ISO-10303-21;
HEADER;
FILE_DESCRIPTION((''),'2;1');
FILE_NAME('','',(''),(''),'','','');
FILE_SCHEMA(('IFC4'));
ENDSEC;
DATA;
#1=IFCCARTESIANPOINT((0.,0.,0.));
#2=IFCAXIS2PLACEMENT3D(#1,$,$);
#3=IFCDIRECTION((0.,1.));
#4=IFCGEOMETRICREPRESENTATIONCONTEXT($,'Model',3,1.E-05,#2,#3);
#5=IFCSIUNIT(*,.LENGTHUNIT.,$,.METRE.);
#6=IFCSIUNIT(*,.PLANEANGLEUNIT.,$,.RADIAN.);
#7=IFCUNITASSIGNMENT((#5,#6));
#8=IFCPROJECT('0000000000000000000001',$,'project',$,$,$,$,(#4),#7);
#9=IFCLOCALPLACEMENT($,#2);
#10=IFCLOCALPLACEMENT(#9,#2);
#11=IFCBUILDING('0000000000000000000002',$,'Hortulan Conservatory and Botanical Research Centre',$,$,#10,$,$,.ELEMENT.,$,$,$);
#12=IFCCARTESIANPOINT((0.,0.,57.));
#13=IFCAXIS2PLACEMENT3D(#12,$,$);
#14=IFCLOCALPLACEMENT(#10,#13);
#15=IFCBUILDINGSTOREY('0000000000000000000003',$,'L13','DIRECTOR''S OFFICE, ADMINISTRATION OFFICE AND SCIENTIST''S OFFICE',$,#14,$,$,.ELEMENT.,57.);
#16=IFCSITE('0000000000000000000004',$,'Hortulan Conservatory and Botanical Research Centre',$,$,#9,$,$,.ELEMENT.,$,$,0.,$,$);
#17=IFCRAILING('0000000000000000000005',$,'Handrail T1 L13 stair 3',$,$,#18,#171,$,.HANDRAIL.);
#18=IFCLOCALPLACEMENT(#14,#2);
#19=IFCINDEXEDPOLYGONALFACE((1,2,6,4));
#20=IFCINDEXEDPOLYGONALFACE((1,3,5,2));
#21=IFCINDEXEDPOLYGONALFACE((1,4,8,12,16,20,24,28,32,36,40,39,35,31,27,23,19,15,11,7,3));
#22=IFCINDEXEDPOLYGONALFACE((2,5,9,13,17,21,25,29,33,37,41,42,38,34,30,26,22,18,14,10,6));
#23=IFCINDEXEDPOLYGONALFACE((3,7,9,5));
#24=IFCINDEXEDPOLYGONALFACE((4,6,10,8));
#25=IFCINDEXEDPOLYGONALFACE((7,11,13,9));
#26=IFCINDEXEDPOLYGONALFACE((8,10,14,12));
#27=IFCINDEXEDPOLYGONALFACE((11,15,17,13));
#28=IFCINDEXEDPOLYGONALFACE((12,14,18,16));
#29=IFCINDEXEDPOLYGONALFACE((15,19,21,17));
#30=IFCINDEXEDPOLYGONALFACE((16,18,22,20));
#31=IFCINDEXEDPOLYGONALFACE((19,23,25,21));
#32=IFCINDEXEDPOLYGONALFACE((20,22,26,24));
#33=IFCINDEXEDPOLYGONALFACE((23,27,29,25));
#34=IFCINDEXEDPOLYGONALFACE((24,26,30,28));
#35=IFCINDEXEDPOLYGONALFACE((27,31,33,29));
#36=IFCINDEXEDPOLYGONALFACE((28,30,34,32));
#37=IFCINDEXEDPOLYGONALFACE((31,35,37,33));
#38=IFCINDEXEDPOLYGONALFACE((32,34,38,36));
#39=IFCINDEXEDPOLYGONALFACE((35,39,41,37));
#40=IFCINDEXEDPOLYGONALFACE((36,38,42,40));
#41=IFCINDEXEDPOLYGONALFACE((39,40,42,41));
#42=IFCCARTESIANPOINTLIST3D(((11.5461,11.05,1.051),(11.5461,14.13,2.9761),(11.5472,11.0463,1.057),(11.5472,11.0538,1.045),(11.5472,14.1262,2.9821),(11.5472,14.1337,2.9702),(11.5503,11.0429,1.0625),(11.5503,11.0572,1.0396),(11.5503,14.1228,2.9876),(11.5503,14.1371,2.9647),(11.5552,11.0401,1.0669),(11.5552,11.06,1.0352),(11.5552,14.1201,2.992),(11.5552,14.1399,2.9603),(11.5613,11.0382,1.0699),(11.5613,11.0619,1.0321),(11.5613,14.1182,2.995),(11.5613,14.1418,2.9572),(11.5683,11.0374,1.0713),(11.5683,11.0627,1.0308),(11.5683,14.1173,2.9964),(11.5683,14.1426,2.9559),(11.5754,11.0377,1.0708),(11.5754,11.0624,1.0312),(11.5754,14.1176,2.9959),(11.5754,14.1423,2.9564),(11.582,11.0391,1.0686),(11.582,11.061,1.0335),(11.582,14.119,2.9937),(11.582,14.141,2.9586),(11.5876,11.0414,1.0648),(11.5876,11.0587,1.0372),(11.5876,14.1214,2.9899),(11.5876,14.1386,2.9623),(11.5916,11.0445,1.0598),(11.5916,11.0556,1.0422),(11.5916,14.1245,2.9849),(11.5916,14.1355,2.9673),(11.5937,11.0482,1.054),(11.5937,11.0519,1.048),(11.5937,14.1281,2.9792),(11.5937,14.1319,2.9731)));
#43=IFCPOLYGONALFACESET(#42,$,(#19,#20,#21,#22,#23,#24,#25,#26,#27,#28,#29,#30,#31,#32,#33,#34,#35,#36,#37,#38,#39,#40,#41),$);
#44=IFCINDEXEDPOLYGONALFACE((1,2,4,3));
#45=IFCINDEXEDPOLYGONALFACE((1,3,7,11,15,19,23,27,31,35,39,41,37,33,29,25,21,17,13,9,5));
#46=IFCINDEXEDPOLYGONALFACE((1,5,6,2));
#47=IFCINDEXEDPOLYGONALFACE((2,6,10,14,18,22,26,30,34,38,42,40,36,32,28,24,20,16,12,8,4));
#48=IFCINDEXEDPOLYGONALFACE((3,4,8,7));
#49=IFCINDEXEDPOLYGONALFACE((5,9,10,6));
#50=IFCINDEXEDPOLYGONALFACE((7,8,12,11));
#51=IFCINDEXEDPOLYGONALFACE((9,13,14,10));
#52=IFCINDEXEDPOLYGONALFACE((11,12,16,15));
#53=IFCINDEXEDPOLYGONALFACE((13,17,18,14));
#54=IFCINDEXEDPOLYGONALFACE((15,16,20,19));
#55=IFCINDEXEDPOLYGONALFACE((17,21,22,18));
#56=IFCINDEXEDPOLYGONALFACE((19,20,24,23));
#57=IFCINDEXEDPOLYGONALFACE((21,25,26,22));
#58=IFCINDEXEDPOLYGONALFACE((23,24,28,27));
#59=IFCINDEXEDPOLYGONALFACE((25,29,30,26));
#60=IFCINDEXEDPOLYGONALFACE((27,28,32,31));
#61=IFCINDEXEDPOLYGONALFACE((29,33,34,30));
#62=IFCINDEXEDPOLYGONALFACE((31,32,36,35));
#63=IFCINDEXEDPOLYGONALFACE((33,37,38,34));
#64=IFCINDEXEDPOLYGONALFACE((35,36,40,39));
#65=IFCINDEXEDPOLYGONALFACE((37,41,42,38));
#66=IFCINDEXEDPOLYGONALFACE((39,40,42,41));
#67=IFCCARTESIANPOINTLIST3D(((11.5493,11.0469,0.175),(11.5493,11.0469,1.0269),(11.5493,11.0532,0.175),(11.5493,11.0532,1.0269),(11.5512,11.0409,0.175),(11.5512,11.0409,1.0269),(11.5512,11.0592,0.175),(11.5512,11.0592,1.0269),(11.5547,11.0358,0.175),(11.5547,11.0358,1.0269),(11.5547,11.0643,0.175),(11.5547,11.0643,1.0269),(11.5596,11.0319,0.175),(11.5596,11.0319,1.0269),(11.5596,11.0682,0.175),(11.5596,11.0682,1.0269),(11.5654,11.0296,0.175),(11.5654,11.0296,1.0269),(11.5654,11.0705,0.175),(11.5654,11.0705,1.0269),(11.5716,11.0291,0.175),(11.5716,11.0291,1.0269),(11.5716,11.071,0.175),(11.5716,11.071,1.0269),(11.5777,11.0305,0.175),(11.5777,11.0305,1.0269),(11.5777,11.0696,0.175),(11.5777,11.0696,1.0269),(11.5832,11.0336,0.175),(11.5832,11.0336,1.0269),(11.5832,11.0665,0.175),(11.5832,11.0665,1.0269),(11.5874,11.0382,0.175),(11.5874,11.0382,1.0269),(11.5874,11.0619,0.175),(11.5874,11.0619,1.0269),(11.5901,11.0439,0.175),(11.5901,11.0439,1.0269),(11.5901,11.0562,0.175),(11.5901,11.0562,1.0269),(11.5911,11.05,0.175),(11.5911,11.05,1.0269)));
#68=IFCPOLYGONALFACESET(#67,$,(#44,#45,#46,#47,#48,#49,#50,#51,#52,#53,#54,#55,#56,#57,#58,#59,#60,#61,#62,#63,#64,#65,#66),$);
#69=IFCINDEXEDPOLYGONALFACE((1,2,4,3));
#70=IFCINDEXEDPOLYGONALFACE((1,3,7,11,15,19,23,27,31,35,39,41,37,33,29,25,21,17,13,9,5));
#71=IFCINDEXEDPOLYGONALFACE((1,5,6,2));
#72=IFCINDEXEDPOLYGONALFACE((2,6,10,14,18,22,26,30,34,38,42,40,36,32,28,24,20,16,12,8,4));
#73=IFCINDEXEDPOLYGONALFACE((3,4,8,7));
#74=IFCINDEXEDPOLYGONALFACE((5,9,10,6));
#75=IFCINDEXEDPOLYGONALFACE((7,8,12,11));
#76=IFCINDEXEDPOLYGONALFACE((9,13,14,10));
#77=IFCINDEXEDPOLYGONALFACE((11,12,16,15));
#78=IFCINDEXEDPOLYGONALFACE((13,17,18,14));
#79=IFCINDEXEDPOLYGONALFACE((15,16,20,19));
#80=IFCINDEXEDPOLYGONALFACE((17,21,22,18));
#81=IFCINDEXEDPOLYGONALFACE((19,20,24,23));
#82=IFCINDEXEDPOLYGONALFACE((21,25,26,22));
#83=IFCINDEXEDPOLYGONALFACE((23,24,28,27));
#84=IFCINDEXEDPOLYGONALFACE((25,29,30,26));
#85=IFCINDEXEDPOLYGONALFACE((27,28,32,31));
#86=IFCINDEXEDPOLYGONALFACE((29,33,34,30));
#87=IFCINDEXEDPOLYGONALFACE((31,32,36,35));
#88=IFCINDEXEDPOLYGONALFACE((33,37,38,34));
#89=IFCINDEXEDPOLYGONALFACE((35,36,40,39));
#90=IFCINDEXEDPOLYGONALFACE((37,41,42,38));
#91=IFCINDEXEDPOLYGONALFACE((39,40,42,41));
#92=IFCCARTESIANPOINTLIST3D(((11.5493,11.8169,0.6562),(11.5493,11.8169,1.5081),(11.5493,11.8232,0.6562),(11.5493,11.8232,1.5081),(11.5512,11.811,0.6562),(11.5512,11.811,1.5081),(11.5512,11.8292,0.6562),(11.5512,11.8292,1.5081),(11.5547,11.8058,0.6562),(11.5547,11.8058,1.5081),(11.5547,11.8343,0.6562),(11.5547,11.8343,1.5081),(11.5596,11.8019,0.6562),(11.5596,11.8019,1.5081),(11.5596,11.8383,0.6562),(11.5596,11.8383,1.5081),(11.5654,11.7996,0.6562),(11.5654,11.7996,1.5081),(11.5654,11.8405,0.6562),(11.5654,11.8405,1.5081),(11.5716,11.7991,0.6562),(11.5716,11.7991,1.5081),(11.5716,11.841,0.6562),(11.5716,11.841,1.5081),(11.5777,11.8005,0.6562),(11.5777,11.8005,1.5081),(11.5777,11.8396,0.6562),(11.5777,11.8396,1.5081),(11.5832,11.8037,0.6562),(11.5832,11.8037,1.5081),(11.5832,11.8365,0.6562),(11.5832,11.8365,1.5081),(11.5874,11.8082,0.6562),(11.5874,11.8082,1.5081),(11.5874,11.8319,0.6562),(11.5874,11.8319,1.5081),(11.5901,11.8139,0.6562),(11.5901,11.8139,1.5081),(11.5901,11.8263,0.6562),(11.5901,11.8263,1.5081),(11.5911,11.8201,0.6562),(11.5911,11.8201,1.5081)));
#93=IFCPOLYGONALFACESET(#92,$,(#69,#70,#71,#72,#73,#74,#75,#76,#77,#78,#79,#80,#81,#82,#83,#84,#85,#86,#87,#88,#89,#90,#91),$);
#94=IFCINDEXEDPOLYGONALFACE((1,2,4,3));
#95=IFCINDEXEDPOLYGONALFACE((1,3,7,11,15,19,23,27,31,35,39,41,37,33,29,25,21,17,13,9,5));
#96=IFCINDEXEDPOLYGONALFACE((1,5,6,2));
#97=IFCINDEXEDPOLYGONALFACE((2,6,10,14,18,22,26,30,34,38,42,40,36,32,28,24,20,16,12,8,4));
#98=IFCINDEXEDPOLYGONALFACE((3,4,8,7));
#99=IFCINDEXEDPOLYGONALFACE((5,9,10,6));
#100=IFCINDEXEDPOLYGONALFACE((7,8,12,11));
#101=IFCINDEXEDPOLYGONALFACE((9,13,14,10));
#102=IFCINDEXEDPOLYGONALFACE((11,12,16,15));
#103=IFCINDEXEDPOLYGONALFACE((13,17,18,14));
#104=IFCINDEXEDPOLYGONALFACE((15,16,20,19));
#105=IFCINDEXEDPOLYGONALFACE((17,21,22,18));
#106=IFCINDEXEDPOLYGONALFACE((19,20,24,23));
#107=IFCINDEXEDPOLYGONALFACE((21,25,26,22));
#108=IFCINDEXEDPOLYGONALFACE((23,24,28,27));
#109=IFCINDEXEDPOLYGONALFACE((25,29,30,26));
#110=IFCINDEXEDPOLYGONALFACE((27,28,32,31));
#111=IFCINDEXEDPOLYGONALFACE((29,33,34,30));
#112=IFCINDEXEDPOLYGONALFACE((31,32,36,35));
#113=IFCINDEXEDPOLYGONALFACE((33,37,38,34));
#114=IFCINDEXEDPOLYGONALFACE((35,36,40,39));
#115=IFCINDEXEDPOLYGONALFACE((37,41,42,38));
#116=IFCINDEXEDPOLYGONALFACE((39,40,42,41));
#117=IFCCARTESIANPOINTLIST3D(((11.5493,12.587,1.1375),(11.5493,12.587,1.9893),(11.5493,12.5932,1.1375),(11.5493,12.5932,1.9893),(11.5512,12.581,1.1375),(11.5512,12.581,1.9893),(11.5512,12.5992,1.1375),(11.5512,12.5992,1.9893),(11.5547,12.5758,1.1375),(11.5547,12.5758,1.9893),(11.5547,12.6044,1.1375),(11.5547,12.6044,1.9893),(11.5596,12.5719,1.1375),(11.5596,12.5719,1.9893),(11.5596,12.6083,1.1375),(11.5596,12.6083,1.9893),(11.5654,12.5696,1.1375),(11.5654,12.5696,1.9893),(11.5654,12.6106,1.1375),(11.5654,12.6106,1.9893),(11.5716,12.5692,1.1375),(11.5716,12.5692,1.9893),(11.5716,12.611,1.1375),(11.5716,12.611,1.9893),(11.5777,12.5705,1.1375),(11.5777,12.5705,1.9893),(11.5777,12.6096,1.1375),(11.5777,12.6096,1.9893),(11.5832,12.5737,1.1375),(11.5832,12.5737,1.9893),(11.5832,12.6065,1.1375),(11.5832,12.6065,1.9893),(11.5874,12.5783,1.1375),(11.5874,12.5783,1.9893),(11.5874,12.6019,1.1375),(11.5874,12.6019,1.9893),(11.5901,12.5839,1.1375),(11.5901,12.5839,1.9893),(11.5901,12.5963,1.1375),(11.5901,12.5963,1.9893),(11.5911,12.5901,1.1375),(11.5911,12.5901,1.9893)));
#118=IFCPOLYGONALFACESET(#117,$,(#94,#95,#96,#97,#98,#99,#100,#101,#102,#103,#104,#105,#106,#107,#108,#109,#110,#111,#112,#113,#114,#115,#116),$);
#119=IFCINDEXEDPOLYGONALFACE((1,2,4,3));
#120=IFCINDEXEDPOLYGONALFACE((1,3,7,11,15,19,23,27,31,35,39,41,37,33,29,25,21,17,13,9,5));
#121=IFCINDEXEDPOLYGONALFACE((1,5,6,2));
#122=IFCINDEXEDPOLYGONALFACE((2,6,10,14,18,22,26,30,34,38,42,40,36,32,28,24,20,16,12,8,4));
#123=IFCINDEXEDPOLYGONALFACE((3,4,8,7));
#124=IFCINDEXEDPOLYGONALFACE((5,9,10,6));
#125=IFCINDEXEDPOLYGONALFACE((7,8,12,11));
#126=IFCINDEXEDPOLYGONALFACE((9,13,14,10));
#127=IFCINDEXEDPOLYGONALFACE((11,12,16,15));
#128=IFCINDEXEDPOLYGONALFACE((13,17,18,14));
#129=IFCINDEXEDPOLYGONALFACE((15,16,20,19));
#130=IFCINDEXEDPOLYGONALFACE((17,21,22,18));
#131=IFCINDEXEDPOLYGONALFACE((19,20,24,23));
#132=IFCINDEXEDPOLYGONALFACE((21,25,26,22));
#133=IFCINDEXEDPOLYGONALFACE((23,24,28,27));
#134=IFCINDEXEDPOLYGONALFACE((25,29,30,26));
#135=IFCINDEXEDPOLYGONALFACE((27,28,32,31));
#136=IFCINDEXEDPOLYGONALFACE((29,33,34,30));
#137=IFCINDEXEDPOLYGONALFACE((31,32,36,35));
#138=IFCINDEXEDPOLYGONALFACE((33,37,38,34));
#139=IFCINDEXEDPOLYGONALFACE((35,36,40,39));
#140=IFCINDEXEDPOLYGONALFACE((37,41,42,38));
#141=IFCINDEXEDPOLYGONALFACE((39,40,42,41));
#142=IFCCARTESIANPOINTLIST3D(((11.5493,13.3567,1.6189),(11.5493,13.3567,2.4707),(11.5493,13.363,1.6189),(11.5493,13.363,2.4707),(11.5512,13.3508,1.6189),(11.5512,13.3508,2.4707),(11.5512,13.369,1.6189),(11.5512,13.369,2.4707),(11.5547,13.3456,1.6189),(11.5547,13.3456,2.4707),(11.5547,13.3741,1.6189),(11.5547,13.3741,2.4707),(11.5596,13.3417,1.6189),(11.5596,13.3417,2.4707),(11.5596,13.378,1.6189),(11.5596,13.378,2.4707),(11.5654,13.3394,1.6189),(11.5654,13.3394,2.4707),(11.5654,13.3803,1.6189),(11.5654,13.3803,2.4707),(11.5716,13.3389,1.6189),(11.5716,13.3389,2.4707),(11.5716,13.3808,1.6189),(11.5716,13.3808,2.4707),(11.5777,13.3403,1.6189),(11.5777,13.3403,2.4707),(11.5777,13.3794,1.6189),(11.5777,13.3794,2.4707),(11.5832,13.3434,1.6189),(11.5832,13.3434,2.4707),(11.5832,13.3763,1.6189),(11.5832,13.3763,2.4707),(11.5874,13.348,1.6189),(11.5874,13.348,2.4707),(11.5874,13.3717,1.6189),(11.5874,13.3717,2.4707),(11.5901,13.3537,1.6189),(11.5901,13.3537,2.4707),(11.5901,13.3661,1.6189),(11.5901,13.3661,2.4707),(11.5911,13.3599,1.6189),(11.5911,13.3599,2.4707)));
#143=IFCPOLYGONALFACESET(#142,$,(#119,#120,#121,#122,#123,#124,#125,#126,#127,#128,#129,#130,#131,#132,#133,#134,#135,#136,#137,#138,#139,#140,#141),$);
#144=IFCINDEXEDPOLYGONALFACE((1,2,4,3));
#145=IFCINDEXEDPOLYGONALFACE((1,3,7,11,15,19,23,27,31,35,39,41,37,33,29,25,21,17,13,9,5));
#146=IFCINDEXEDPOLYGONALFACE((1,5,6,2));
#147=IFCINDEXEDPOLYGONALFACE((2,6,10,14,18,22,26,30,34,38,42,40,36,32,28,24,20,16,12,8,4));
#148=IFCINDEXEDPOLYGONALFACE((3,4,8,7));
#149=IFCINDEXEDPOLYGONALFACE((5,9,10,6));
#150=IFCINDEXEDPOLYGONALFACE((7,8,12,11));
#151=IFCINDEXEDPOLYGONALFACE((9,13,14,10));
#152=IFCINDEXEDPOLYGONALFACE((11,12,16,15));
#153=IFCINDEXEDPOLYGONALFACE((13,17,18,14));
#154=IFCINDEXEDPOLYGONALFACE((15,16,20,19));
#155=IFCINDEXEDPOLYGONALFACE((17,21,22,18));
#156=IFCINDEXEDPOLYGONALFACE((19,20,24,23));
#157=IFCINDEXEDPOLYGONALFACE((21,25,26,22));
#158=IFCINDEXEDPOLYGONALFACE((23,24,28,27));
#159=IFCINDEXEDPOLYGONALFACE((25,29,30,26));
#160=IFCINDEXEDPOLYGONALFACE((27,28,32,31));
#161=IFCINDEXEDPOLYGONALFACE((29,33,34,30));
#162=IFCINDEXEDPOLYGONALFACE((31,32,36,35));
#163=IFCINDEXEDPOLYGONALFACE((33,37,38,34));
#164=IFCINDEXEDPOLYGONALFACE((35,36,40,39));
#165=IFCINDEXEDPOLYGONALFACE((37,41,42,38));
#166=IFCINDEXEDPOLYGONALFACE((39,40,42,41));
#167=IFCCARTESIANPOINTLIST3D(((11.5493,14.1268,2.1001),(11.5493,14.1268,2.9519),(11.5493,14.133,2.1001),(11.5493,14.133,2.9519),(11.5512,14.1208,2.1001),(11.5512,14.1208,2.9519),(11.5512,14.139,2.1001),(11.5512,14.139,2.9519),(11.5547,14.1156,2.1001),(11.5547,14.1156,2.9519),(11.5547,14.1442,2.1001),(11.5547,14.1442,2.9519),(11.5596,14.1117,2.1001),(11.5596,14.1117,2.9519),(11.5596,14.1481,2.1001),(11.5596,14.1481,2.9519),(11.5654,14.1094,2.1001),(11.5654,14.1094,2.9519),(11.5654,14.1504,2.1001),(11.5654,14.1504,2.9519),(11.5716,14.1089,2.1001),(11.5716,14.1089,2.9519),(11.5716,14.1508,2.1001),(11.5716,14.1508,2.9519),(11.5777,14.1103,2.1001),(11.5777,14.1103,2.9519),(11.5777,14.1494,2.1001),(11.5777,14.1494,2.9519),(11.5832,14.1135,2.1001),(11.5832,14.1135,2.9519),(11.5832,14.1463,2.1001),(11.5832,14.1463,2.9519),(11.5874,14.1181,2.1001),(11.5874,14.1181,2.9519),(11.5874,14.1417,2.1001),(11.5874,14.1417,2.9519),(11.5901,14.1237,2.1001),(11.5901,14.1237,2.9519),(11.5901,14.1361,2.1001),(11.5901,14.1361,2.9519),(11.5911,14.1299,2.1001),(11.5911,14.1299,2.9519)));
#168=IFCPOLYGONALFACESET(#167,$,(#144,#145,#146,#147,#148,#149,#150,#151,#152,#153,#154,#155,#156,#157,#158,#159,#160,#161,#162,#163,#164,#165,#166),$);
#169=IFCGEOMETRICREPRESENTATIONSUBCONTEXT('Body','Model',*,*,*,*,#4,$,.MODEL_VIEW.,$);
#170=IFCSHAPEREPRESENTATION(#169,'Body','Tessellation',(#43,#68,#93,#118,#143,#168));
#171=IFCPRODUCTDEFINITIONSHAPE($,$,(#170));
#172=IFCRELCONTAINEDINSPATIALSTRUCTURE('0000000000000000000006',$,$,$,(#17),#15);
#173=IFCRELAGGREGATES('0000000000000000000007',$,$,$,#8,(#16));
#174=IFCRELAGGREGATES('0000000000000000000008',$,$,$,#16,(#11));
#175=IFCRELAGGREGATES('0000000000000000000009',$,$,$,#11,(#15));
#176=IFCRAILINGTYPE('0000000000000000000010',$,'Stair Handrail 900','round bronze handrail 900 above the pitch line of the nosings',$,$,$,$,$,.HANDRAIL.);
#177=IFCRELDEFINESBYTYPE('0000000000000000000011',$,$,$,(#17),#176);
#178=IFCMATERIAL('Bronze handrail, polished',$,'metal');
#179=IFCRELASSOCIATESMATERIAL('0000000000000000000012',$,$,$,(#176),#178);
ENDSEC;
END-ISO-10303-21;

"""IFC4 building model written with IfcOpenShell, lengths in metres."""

from ifc_helpers import new_model, si_unit, direction, frame, origin, origin_2d, place, context, subcontext, project, spatial, circle, extrude, material, type_object, element, save


model = new_model("IFC4")

# Units and contexts
model_context = context("Model", 3, precision=1e-05, world=origin(), true_north=direction((0.0, 1.0)))
body_context = subcontext(model_context, "Body", "Model", "MODEL_VIEW")
ifc_project = project(units=[si_unit("LENGTHUNIT", "METRE"), si_unit("PLANEANGLEUNIT", "RADIAN")], contexts=[model_context])

# Site, building, storey
site_placement = place(None, origin())
site = spatial("IfcSite", under=ifc_project, at=site_placement, Name="Hortulan Conservatory and Botanical Research Centre", CompositionType="ELEMENT", RefElevation=0.0)
building_placement = place(site_placement, origin())
building = spatial("IfcBuilding", under=site, at=building_placement, Name="Hortulan Conservatory and Botanical Research Centre", CompositionType="ELEMENT")
storey_placement = place(building_placement, frame((0.0, 0.0, 57.0)))
storey = spatial("IfcBuildingStorey", under=building, at=storey_placement, Name="L13", Description="DIRECTOR'S OFFICE, ADMINISTRATION OFFICE AND SCIENTIST'S OFFICE", CompositionType="ELEMENT", Elevation=57.0)

# Railing
ifc_material_1 = material(Name="Bronze handrail, polished", Category="metal")
railing_type_1 = type_object("IfcRailingType", Name="Stair Handrail 900", Description="round bronze handrail 900 above the pitch line of the nosings", PredefinedType="HANDRAIL", material=ifc_material_1)
railing_1_placement = place(storey_placement, frame((11.5701, 11.05, 0.175)))
element("IfcRailing", 1, at=railing_1_placement, inside=storey, type_object=railing_type_1, Name="Handrail T1 L13 stair 3", PredefinedType="HANDRAIL", context=body_context, shape_type="SweptSolid", body=[
    extrude(circle(Radius=0.0239, at=origin_2d()), frame((0.0, 0.0, 0.876), z_axis=(0.0, 0.847979, 0.530029), x_axis=(-1.0, 0.0, 0.0)), (0.0, 0.0, 1.0), 3.6321),
    extrude(circle(Radius=0.021, at=origin_2d()), origin(), (0.0, 0.0, 1.0), 0.8518),
    extrude(circle(Radius=0.021, at=origin_2d()), frame((0.0, 0.77, 0.4812)), (0.0, 0.0, 1.0), 0.8518),
    extrude(circle(Radius=0.021, at=origin_2d()), frame((0.0, 1.54, 0.9624)), (0.0, 0.0, 1.0), 0.8518),
    extrude(circle(Radius=0.021, at=origin_2d()), frame((0.0, 2.3098, 1.4438)), (0.0, 0.0, 1.0), 0.8518),
    extrude(circle(Radius=0.021, at=origin_2d()), frame((0.0, 3.0798, 1.925)), (0.0, 0.0, 1.0), 0.8518),
])

save(model, "model.ifc")
